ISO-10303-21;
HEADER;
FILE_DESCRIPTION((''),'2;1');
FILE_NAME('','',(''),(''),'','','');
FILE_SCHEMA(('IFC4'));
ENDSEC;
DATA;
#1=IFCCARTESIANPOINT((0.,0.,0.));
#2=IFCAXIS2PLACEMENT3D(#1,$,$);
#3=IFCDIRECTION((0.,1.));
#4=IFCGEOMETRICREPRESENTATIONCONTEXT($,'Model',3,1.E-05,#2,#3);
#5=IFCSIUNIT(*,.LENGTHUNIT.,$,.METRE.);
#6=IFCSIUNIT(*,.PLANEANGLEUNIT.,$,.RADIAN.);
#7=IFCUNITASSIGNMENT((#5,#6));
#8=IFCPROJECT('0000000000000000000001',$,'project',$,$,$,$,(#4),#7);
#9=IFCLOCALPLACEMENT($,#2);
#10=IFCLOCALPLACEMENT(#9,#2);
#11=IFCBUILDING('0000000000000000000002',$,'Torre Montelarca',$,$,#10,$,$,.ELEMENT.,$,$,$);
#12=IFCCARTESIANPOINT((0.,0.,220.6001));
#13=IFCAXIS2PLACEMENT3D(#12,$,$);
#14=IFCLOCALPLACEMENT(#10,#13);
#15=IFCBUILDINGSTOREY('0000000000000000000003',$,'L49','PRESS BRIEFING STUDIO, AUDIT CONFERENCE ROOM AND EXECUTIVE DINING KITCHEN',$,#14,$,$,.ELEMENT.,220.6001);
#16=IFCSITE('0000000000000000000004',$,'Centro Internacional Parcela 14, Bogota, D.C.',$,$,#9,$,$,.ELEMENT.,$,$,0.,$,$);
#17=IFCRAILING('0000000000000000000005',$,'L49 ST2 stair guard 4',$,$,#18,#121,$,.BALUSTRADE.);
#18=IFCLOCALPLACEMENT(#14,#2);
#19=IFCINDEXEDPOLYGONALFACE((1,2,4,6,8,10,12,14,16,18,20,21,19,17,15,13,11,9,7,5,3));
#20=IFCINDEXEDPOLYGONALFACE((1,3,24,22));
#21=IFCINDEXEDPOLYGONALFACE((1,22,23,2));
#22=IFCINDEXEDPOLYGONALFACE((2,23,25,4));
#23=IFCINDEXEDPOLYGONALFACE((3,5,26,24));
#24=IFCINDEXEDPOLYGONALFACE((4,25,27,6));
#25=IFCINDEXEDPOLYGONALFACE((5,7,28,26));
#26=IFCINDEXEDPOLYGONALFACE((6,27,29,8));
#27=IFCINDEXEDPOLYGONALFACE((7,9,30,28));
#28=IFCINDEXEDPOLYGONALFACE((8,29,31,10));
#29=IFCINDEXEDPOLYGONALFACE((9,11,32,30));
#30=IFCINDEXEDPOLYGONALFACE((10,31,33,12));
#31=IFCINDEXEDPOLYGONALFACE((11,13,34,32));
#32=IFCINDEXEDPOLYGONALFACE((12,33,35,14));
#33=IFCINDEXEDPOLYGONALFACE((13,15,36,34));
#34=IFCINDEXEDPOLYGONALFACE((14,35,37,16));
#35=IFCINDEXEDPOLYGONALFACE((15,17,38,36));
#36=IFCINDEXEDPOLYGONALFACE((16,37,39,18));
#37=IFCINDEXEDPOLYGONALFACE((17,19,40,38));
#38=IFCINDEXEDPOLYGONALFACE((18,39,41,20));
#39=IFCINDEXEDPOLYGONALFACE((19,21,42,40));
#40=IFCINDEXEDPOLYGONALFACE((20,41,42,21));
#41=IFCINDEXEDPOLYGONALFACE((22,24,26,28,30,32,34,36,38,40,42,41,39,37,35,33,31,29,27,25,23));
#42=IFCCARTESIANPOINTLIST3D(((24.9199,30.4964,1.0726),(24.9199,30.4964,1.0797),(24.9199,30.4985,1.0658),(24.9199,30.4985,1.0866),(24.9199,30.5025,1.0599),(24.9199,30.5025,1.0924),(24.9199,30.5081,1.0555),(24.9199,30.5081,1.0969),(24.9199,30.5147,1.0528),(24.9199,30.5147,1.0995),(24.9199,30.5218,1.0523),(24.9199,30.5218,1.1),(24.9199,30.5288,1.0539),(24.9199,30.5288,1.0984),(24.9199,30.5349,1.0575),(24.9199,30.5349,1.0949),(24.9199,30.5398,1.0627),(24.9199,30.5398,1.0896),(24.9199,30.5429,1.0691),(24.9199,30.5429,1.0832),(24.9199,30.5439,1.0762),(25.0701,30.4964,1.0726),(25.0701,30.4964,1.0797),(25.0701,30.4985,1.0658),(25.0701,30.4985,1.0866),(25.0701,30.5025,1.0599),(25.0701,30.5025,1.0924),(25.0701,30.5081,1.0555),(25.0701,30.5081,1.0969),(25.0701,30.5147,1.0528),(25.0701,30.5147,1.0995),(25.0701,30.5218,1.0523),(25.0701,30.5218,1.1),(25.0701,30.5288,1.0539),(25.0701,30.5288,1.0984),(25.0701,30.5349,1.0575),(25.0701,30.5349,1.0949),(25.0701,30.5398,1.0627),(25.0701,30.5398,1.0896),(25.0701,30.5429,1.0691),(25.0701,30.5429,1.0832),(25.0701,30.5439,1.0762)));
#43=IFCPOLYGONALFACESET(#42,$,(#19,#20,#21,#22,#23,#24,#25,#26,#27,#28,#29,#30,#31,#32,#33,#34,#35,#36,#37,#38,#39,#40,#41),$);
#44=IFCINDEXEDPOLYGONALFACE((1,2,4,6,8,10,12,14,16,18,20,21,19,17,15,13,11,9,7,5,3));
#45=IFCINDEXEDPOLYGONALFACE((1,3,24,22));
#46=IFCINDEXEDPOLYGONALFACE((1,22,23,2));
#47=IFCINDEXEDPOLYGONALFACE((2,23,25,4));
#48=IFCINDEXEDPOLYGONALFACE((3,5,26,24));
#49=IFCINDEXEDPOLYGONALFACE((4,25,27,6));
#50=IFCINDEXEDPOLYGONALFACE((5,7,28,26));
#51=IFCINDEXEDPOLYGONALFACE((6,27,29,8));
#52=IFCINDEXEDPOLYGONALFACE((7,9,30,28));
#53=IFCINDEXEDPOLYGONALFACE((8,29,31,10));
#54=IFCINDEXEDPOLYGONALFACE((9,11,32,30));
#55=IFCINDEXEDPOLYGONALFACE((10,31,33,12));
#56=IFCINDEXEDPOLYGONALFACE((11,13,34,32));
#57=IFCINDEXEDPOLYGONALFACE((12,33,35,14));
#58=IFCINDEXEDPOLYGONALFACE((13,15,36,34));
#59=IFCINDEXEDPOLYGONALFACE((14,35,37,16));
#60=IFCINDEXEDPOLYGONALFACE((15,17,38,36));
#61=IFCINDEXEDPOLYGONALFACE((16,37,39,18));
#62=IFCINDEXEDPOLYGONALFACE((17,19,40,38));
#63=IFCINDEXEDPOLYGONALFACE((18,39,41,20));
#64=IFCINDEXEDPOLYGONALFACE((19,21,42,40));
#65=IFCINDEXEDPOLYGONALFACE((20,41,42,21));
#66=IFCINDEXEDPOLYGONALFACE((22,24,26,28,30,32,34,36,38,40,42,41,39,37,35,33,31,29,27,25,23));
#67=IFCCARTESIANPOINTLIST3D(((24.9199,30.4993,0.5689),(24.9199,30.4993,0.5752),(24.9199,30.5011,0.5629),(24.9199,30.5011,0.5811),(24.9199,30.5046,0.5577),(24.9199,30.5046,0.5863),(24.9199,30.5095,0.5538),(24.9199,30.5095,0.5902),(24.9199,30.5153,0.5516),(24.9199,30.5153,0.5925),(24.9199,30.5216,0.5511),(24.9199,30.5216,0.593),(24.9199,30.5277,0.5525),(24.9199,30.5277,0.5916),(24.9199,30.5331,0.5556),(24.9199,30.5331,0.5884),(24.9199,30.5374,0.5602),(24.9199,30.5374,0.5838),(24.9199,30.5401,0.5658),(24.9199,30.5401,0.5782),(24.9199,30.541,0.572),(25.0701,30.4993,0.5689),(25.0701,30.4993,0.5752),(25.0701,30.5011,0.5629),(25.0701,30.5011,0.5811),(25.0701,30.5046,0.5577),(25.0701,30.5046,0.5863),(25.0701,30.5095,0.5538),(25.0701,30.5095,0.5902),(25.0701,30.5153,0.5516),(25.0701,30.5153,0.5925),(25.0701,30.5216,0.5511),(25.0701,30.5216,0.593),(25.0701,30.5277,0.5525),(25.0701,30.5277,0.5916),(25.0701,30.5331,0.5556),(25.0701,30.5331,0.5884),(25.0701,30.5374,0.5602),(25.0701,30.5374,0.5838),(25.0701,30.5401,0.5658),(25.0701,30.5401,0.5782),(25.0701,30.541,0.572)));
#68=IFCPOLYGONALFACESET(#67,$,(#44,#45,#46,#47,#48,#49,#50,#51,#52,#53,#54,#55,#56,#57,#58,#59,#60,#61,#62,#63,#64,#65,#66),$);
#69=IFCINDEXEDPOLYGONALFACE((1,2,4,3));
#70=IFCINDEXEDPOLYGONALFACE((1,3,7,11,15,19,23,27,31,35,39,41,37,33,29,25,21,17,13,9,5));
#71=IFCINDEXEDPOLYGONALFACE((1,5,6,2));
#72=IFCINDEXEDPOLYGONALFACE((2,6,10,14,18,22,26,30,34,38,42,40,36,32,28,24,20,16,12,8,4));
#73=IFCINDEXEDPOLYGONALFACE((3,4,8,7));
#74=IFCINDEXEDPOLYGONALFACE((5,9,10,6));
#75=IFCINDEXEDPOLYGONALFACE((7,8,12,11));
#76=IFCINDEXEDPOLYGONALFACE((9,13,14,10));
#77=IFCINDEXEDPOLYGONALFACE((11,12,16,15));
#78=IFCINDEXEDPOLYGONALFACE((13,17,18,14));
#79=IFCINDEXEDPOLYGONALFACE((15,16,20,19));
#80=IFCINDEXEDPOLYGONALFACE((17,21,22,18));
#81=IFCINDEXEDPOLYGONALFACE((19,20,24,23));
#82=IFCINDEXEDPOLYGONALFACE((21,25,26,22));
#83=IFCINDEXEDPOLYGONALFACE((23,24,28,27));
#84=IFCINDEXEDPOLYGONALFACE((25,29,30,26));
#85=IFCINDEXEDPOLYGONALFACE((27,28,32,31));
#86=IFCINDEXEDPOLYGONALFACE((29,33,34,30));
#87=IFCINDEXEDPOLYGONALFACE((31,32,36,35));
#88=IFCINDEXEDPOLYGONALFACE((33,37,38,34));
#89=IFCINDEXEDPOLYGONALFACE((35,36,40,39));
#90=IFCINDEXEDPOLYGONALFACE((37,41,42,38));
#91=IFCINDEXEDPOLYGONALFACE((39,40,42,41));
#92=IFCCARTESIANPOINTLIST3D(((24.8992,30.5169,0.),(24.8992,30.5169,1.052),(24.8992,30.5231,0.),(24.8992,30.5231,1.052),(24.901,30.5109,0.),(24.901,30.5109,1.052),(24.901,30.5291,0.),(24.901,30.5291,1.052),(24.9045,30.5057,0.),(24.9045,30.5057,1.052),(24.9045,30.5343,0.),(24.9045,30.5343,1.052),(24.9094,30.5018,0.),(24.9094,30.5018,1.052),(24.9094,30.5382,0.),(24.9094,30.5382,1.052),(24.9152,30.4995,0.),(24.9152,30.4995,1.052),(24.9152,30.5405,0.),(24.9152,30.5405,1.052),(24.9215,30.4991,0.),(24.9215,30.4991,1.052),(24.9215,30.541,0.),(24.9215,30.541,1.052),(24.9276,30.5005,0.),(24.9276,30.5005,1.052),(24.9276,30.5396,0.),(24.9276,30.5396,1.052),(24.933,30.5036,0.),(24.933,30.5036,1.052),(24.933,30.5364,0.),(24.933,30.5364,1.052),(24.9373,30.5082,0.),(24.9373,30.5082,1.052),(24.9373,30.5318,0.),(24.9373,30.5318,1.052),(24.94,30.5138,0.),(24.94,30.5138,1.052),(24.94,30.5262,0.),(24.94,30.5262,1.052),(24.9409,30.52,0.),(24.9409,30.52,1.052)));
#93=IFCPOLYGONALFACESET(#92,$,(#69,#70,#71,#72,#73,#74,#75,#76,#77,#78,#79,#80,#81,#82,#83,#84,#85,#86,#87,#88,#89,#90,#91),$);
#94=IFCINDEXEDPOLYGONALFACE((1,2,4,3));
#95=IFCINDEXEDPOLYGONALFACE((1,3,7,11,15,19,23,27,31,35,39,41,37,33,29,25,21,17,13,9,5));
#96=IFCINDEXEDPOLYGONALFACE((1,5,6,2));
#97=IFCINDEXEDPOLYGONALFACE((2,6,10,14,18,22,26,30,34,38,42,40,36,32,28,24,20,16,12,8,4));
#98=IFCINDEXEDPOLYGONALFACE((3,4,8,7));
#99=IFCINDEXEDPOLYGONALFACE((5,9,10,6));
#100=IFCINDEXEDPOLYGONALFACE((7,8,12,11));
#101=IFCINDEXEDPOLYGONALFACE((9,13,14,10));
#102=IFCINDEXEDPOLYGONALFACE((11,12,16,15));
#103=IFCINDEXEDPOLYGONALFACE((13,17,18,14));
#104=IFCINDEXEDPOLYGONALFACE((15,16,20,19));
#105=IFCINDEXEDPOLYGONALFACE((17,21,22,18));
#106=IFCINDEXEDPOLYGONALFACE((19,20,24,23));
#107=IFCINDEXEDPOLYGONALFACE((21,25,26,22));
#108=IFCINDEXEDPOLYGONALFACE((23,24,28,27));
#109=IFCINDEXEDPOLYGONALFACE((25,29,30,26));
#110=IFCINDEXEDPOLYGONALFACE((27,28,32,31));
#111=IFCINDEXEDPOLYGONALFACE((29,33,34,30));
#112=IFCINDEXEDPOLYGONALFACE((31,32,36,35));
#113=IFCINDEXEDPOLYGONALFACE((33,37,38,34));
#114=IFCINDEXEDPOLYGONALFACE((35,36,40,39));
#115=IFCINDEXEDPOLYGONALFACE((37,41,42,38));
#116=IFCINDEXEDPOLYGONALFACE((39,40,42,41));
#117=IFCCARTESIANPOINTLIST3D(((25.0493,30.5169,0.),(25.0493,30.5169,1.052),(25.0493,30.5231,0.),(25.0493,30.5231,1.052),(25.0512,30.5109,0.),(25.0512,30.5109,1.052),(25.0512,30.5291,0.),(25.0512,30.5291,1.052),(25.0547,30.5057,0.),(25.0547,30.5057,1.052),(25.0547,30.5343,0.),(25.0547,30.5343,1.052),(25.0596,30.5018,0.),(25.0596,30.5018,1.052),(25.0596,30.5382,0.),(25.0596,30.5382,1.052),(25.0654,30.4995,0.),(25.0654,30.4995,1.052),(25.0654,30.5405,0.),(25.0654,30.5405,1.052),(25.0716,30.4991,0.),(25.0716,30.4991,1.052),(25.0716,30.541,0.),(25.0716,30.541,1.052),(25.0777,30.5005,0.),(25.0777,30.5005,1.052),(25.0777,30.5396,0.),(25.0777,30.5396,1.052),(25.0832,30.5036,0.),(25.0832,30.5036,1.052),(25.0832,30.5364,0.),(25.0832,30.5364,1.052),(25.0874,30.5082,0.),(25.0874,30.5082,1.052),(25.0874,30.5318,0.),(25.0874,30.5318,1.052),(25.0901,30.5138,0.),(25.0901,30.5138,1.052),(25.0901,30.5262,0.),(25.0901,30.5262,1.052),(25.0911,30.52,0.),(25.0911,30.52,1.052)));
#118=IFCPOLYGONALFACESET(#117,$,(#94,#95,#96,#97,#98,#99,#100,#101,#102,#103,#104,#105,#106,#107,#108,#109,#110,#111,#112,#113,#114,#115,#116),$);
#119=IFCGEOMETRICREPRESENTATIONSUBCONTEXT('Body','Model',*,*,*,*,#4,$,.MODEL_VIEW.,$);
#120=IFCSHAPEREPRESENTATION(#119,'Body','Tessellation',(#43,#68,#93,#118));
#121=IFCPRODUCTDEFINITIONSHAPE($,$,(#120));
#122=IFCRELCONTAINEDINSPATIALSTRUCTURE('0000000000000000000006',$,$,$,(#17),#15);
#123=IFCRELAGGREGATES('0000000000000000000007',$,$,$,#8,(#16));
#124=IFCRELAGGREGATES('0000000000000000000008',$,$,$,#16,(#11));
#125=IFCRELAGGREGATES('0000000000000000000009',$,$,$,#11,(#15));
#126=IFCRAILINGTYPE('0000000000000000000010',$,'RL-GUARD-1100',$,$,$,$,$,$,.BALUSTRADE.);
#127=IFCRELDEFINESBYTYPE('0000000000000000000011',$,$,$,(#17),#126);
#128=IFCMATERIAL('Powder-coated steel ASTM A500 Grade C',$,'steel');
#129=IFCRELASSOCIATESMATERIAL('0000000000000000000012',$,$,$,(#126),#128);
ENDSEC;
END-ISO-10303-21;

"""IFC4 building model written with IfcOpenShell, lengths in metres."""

from ifc_helpers import new_model, si_unit, direction, frame, origin, origin_2d, place, context, subcontext, project, spatial, circle, extrude, material, type_object, element, save


model = new_model("IFC4")

# Units and contexts
model_context = context("Model", 3, precision=1e-05, world=origin(), true_north=direction((0.0, 1.0)))
body_context = subcontext(model_context, "Body", "Model", "MODEL_VIEW")
ifc_project = project(units=[si_unit("LENGTHUNIT", "METRE"), si_unit("PLANEANGLEUNIT", "RADIAN")], contexts=[model_context])

# Site, building, storey
site_placement = place(None, origin())
site = spatial("IfcSite", under=ifc_project, at=site_placement, Name="Centro Internacional Parcela 14, Bogota, D.C.", CompositionType="ELEMENT", RefElevation=0.0)
building_placement = place(site_placement, origin())
building = spatial("IfcBuilding", under=site, at=building_placement, Name="Torre Montelarca", CompositionType="ELEMENT")
storey_placement = place(building_placement, frame((0.0, 0.0, 220.6001)))
storey = spatial("IfcBuildingStorey", under=building, at=storey_placement, Name="L49", Description="PRESS BRIEFING STUDIO, AUDIT CONFERENCE ROOM AND EXECUTIVE DINING KITCHEN", CompositionType="ELEMENT", Elevation=220.6001)

# Railing
ifc_material_1 = material(Name="Powder-coated steel ASTM A500 Grade C", Category="steel")
railing_type_1 = type_object("IfcRailingType", Name="RL-GUARD-1100", PredefinedType="BALUSTRADE", material=ifc_material_1)
railing_1_placement = place(storey_placement, frame((24.9199, 30.52, 0.0)))
element("IfcRailing", 1, at=railing_1_placement, inside=storey, type_object=railing_type_1, Name="L49 ST2 stair guard 4", PredefinedType="BALUSTRADE", context=body_context, shape_type="SweptSolid", body=[
    extrude(circle(Radius=0.0239, at=origin_2d()), frame((0.0, 0.0, 1.0762), z_axis=(1.0, 0.0, 0.0), x_axis=(0.0, 1.0, 0.0)), (0.0, 0.0, 1.0), 0.1501),
    extrude(circle(Radius=0.021, at=origin_2d()), frame((0.0, 0.0, 0.572), z_axis=(1.0, 0.0, 0.0), x_axis=(0.0, 1.0, 0.0)), (0.0, 0.0, 1.0), 0.1501),
    extrude(circle(Radius=0.021, at=origin_2d()), origin(), (0.0, 0.0, 1.0), 1.052),
    extrude(circle(Radius=0.021, at=origin_2d()), frame((0.1501, 0.0, 0.0)), (0.0, 0.0, 1.0), 1.052),
])

save(model, "model.ifc")
